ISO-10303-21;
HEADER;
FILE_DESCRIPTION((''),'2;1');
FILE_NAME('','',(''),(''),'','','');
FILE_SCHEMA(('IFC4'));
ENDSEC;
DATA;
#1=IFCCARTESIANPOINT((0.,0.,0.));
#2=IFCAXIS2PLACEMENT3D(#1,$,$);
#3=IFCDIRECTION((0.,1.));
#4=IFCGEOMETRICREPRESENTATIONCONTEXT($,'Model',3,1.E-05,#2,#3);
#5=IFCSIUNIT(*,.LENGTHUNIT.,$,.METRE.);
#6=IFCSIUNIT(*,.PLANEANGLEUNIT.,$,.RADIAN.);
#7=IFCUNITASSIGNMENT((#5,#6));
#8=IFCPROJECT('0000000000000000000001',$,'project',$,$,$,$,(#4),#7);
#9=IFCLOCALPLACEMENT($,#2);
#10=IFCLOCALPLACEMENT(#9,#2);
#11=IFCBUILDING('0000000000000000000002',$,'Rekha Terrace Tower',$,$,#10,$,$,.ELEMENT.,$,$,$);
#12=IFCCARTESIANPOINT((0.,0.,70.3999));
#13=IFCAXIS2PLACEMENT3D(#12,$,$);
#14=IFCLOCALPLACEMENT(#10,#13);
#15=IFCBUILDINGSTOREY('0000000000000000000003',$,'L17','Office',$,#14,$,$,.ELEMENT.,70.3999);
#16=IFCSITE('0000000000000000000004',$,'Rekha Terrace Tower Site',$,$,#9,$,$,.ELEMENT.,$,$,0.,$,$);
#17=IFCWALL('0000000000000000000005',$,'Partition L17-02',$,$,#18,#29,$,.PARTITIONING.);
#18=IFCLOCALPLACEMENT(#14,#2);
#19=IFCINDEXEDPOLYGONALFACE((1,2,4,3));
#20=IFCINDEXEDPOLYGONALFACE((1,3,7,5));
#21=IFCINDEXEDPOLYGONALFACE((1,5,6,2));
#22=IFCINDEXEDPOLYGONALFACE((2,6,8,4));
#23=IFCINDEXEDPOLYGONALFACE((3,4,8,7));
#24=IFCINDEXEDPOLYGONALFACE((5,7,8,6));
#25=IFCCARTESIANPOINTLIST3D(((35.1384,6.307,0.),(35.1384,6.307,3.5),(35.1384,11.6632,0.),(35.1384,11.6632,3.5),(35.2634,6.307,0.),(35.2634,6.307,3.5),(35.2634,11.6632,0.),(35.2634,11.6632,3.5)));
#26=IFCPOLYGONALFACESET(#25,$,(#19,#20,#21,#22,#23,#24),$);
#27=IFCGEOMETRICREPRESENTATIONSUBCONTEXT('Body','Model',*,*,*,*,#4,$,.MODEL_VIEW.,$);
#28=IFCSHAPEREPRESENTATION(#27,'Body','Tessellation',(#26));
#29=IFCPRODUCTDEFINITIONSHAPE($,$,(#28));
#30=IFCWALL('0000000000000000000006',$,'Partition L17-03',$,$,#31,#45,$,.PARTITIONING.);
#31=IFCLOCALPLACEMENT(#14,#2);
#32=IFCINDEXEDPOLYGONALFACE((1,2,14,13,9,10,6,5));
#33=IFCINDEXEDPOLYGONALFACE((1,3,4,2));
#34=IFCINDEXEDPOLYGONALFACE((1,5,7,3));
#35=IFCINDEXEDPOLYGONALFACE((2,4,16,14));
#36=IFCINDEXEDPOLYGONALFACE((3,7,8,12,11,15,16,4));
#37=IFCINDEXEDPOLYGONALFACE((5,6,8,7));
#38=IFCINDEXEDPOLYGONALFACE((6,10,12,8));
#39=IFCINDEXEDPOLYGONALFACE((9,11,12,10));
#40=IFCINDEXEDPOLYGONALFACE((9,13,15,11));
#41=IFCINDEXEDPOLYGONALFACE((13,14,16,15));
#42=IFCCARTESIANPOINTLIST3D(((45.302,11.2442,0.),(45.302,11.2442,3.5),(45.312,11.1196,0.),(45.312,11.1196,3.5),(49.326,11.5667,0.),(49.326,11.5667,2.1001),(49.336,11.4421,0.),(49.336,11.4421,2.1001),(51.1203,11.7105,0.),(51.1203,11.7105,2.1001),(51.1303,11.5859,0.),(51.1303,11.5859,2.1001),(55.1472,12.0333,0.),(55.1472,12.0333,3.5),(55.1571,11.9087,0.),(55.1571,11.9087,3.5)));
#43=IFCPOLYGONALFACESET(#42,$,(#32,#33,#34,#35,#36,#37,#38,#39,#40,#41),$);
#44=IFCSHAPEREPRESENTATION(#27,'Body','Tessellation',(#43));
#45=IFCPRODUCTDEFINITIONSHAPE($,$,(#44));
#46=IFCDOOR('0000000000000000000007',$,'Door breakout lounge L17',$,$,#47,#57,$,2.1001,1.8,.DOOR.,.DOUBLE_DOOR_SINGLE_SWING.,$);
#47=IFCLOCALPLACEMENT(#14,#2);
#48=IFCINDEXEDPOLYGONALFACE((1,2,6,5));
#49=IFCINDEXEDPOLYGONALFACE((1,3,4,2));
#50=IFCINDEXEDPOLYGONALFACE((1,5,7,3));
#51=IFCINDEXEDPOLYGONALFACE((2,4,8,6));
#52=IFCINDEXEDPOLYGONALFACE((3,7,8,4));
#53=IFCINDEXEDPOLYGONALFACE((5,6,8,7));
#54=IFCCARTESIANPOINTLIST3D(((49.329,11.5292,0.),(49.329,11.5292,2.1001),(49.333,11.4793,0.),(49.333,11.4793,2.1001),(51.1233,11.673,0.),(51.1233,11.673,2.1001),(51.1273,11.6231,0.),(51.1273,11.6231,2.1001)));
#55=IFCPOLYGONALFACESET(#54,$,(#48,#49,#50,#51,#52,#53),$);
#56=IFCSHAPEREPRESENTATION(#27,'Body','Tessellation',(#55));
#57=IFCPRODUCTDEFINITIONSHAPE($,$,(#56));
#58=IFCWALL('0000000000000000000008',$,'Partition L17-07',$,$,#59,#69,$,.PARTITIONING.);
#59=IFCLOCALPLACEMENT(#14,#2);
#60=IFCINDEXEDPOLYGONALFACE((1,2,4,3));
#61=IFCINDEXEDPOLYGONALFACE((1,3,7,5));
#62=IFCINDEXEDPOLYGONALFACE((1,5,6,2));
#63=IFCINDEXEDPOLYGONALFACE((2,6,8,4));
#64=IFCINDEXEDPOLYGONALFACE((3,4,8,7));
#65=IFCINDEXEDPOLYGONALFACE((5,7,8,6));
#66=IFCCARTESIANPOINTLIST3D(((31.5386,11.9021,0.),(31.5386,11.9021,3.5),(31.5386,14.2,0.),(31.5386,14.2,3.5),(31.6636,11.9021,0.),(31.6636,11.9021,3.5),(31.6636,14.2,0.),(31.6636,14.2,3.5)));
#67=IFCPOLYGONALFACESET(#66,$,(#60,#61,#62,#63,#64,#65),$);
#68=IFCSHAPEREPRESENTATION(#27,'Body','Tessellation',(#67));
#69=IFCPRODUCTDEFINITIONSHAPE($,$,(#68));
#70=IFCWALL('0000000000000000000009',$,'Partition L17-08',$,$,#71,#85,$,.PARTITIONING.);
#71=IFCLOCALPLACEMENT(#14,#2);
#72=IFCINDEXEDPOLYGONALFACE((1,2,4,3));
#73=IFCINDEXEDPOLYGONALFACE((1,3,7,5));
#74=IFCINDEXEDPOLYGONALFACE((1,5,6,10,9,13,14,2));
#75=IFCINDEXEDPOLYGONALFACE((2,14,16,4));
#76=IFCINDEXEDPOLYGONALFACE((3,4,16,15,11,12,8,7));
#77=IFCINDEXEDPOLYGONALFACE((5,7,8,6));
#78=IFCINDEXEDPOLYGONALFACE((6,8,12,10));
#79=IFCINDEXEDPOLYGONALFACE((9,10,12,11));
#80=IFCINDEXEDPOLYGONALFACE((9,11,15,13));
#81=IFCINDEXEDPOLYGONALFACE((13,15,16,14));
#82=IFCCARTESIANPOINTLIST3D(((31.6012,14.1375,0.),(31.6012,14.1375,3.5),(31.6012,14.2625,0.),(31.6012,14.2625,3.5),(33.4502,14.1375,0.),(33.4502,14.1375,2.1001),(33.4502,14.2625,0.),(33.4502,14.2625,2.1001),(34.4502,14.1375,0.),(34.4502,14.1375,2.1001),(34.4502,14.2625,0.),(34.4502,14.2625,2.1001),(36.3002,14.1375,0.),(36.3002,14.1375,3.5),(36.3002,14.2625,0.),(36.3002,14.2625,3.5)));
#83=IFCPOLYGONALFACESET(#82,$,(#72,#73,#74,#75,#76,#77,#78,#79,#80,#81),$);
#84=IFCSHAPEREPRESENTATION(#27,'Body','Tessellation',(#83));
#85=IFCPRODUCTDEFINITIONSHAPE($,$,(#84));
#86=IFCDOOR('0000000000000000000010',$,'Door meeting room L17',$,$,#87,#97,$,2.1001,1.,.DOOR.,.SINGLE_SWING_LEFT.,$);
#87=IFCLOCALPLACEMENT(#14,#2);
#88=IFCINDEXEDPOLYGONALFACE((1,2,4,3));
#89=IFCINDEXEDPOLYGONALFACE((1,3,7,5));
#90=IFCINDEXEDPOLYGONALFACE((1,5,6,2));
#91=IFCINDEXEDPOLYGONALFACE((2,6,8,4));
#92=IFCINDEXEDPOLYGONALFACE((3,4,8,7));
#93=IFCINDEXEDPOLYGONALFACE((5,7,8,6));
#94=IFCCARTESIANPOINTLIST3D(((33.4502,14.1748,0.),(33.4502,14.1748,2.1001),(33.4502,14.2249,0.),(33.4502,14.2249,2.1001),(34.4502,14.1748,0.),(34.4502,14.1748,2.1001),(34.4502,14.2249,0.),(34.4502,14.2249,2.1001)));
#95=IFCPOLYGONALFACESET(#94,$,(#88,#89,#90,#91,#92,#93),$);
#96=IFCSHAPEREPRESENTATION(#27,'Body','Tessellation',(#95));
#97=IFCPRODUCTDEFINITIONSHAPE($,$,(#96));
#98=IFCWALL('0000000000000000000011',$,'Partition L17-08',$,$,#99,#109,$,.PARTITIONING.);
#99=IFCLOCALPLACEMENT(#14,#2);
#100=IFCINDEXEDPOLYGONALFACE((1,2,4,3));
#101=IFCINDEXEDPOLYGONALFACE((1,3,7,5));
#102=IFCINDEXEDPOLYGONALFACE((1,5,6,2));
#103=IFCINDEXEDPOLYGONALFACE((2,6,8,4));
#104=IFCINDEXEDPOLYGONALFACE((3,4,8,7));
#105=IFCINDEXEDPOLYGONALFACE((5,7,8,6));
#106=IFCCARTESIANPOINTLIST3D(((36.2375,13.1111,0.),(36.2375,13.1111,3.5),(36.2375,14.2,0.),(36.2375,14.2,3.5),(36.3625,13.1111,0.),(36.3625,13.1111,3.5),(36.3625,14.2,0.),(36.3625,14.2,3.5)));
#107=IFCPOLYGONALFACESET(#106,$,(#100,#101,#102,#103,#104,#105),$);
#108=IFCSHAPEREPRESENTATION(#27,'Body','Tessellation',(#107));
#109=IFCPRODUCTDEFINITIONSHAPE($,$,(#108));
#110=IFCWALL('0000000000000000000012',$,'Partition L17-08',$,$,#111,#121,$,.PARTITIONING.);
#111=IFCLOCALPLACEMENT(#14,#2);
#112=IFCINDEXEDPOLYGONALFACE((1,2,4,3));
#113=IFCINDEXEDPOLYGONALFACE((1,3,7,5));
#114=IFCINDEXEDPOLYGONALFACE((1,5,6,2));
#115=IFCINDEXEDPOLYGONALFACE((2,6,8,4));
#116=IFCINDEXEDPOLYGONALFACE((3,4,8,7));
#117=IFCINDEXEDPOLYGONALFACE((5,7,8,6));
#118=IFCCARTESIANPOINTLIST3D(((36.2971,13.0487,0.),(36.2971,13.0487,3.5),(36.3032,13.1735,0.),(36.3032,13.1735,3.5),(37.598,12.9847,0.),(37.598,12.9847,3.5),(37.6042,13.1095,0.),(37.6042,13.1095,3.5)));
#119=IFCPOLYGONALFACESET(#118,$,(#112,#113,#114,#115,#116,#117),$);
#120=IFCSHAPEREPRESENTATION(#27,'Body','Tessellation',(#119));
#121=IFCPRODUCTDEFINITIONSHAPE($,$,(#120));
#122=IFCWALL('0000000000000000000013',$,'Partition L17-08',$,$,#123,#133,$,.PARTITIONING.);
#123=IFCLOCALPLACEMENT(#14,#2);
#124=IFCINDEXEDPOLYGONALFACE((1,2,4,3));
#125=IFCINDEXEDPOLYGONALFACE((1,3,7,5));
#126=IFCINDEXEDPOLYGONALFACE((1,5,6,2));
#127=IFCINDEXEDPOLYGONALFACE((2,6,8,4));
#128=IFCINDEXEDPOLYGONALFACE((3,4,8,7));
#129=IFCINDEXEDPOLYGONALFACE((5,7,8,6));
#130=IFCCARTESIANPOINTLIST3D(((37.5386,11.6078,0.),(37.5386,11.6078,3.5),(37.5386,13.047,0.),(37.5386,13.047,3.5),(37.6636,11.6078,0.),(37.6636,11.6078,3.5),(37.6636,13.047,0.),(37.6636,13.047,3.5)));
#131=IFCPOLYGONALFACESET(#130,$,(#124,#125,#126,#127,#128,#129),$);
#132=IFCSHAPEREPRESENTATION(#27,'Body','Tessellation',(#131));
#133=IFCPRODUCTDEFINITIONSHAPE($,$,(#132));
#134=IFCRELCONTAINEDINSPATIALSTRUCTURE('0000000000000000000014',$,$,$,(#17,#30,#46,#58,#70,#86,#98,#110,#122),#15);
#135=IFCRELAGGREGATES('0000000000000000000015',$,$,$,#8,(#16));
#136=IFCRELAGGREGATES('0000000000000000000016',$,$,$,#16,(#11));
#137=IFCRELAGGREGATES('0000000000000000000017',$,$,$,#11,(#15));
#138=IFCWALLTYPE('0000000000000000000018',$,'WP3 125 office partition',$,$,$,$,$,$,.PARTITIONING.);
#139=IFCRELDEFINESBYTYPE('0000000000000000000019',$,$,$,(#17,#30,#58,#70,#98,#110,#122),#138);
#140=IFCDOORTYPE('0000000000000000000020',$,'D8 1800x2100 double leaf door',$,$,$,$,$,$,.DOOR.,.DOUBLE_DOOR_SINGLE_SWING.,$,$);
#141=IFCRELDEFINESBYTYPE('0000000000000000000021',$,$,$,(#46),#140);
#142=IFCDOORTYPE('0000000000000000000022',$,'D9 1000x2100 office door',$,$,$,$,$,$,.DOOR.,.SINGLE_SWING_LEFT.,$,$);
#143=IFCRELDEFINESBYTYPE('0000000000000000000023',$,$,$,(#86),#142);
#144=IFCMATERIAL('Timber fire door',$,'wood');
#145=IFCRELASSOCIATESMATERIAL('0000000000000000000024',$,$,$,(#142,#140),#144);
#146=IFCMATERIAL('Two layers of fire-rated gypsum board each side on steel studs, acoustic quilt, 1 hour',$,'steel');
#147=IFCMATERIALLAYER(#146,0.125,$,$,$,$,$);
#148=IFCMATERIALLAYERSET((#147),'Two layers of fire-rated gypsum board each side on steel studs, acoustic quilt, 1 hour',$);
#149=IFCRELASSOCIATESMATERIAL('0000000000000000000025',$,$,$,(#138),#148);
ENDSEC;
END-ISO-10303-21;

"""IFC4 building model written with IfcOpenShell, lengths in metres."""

from ifc_helpers import new_model, si_unit, direction, frame, frame_2d, origin, place, context, subcontext, project, spatial, rectangle, extrude, material, layer, layer_set, type_object, element, fill, save


model = new_model("IFC4")

# Units and contexts
model_context = context("Model", 3, precision=1e-05, world=origin(), true_north=direction((0.0, 1.0)))
body_context = subcontext(model_context, "Body", "Model", "MODEL_VIEW")
ifc_project = project(units=[si_unit("LENGTHUNIT", "METRE"), si_unit("PLANEANGLEUNIT", "RADIAN")], contexts=[model_context])

# Site, building, storey
site_placement = place(None, origin())
site = spatial("IfcSite", under=ifc_project, at=site_placement, Name="Rekha Terrace Tower Site", CompositionType="ELEMENT", RefElevation=0.0)
building_placement = place(site_placement, origin())
building = spatial("IfcBuilding", under=site, at=building_placement, Name="Rekha Terrace Tower", CompositionType="ELEMENT")
storey_placement = place(building_placement, frame((0.0, 0.0, 70.3999)))
storey = spatial("IfcBuildingStorey", under=building, at=storey_placement, Name="L17", Description="Office", CompositionType="ELEMENT", Elevation=70.3999)

# Shared definitions
ifc_material_1 = material(Name="Timber fire door", Category="wood")
door_type_1 = type_object("IfcDoorType", Name="D9 1000x2100 office door", OperationType="SINGLE_SWING_LEFT", PredefinedType="DOOR", material=ifc_material_1)
ifc_material_2 = material(Name="Two layers of fire-rated gypsum board each side on steel studs, acoustic quilt, 1 hour", Category="steel")
ifc_layer_1 = layer(ifc_material_2, 0.125)
ifc_layer_set_1 = layer_set([ifc_layer_1], Name="Two layers of fire-rated gypsum board each side on steel studs, acoustic quilt, 1 hour")
wall_type_1 = type_object("IfcWallType", Name="WP3 125 office partition", PredefinedType="PARTITIONING", material=ifc_layer_set_1)
door_type_2 = type_object("IfcDoorType", Name="D8 1800x2100 double leaf door", OperationType="DOUBLE_DOOR_SINGLE_SWING", PredefinedType="DOOR", material=ifc_material_1)

# Wall
wall_1_placement = place(storey_placement, frame((35.2009, 6.3069, 0.0), z_axis=(0.0, 0.0, 1.0), x_axis=(0.0, 1.0, 0.0)))
element("IfcWall", 1, at=wall_1_placement, inside=storey, type_object=wall_type_1, Name="Partition L17-02", PredefinedType="PARTITIONING", context=body_context, shape_type="SweptSolid", body=[
    extrude(rectangle(XDim=5.3562, YDim=0.125, at=frame_2d((2.6782, 0.0))), origin(), (0.0, 0.0, 1.0), 3.5),
])

# Wall, opening, door
wall_2_placement = place(storey_placement, frame((45.3069, 11.1819, 0.0), z_axis=(0.0, 0.0, 1.0), x_axis=(0.996804, 0.079891, 0.0)))
wall_2 = element("IfcWall", 2, at=wall_2_placement, inside=storey, type_object=wall_type_1, Name="Partition L17-03", PredefinedType="PARTITIONING", context=body_context, shape_type="SweptSolid", body=[
    extrude(rectangle(XDim=9.8767, YDim=0.125, at=frame_2d((4.9385, 0.0))), origin(), (0.0, 0.0, 1.0), 3.5),
])
opening_1_placement = place(wall_2_placement, frame((4.0371, 0.0, 0.0)))
opening_1 = element("IfcOpeningElement", 3, at=opening_1_placement, cuts=wall_2, PredefinedType="OPENING", context=body_context, shape_type="SweptSolid", body=[
    extrude(rectangle(XDim=1.8, YDim=2.1001, at=frame_2d((0.8999, 1.05))), frame((0.0, 0.0725, 0.0), z_axis=(0.0, -1.0, 0.0), x_axis=(1.0, 0.0, 0.0)), (0.0, 0.0, 1.0), 0.145),
])
door_1_placement = place(opening_1_placement, origin())
door_1 = element("IfcDoor", 4, at=door_1_placement, inside=storey, type_object=door_type_2, Name="Door breakout lounge L17", OperationType="DOUBLE_DOOR_SINGLE_SWING", OverallHeight=2.1001, OverallWidth=1.8, PredefinedType="DOOR", context=body_context, shape_type="SweptSolid", body=[
    extrude(rectangle(XDim=1.8, YDim=2.1001, at=frame_2d((0.8999, 1.05))), frame((0.0, 0.0249, 0.0), z_axis=(0.0, -1.0, 0.0), x_axis=(1.0, 0.0, 0.0)), (0.0, 0.0, 1.0), 0.05),
])
fill(opening_1, door_1)

# Wall
wall_3_placement = place(storey_placement, frame((31.6011, 14.2, 0.0), z_axis=(0.0, 0.0, 1.0), x_axis=(0.0, -1.0, 0.0)))
element("IfcWall", 5, at=wall_3_placement, inside=storey, type_object=wall_type_1, Name="Partition L17-07", PredefinedType="PARTITIONING", context=body_context, shape_type="SweptSolid", body=[
    extrude(rectangle(XDim=2.2979, YDim=0.125, at=frame_2d((1.1489, 0.0))), origin(), (0.0, 0.0, 1.0), 3.5),
])

# Wall, opening, door
wall_4_placement = place(storey_placement, frame((31.6011, 14.2, 0.0), z_axis=(0.0, 0.0, 1.0), x_axis=(1.0, 0.0, 0.0)))
wall_4 = element("IfcWall", 6, at=wall_4_placement, inside=storey, type_object=wall_type_1, Name="Partition L17-08", PredefinedType="PARTITIONING", context=body_context, shape_type="SweptSolid", body=[
    extrude(rectangle(XDim=4.699, YDim=0.125, at=frame_2d((2.3496, 0.0))), origin(), (0.0, 0.0, 1.0), 3.5),
])
opening_2_placement = place(wall_4_placement, frame((1.8491, 0.0, 0.0)))
opening_2 = element("IfcOpeningElement", 7, at=opening_2_placement, cuts=wall_4, PredefinedType="OPENING", context=body_context, shape_type="SweptSolid", body=[
    extrude(rectangle(XDim=1.0, YDim=2.1001, at=frame_2d((0.5, 1.05))), frame((0.0, 0.0725, 0.0), z_axis=(0.0, -1.0, 0.0), x_axis=(1.0, 0.0, 0.0)), (0.0, 0.0, 1.0), 0.145),
])
door_2_placement = place(opening_2_placement, origin())
door_2 = element("IfcDoor", 8, at=door_2_placement, inside=storey, type_object=door_type_1, Name="Door meeting room L17", OperationType="SINGLE_SWING_LEFT", OverallHeight=2.1001, OverallWidth=1.0, PredefinedType="DOOR", context=body_context, shape_type="SweptSolid", body=[
    extrude(rectangle(XDim=1.0, YDim=2.1001, at=frame_2d((0.5, 1.05))), frame((0.0, 0.0249, 0.0), z_axis=(0.0, -1.0, 0.0), x_axis=(1.0, 0.0, 0.0)), (0.0, 0.0, 1.0), 0.05),
])
fill(opening_2, door_2)

# Walls
wall_5_placement = place(storey_placement, frame((36.3, 14.2, 0.0), z_axis=(0.0, 0.0, 1.0), x_axis=(0.0, -1.0, 0.0)))
element("IfcWall", 9, at=wall_5_placement, inside=storey, type_object=wall_type_1, Name="Partition L17-08", PredefinedType="PARTITIONING", context=body_context, shape_type="SweptSolid", body=[
    extrude(rectangle(XDim=1.0889, YDim=0.125, at=frame_2d((0.5444, 0.0))), origin(), (0.0, 0.0, 1.0), 3.5),
])
wall_6_placement = place(storey_placement, frame((36.3, 13.1111, 0.0), z_axis=(0.0, 0.0, 1.0), x_axis=(0.998794, -0.049106, 0.0)))
element("IfcWall", 10, at=wall_6_placement, inside=storey, type_object=wall_type_1, Name="Partition L17-08", PredefinedType="PARTITIONING", context=body_context, shape_type="SweptSolid", body=[
    extrude(rectangle(XDim=1.3025, YDim=0.125, at=frame_2d((0.6514, 0.0))), origin(), (0.0, 0.0, 1.0), 3.5),
])
wall_7_placement = place(storey_placement, frame((37.6011, 13.0471, 0.0), z_axis=(0.0, 0.0, 1.0), x_axis=(0.0, -1.0, 0.0)))
element("IfcWall", 11, at=wall_7_placement, inside=storey, type_object=wall_type_1, Name="Partition L17-08", PredefinedType="PARTITIONING", context=body_context, shape_type="SweptSolid", body=[
    extrude(rectangle(XDim=1.4392, YDim=0.125, at=frame_2d((0.7197, 0.0))), origin(), (0.0, 0.0, 1.0), 3.5),
])

save(model, "model.ifc")
